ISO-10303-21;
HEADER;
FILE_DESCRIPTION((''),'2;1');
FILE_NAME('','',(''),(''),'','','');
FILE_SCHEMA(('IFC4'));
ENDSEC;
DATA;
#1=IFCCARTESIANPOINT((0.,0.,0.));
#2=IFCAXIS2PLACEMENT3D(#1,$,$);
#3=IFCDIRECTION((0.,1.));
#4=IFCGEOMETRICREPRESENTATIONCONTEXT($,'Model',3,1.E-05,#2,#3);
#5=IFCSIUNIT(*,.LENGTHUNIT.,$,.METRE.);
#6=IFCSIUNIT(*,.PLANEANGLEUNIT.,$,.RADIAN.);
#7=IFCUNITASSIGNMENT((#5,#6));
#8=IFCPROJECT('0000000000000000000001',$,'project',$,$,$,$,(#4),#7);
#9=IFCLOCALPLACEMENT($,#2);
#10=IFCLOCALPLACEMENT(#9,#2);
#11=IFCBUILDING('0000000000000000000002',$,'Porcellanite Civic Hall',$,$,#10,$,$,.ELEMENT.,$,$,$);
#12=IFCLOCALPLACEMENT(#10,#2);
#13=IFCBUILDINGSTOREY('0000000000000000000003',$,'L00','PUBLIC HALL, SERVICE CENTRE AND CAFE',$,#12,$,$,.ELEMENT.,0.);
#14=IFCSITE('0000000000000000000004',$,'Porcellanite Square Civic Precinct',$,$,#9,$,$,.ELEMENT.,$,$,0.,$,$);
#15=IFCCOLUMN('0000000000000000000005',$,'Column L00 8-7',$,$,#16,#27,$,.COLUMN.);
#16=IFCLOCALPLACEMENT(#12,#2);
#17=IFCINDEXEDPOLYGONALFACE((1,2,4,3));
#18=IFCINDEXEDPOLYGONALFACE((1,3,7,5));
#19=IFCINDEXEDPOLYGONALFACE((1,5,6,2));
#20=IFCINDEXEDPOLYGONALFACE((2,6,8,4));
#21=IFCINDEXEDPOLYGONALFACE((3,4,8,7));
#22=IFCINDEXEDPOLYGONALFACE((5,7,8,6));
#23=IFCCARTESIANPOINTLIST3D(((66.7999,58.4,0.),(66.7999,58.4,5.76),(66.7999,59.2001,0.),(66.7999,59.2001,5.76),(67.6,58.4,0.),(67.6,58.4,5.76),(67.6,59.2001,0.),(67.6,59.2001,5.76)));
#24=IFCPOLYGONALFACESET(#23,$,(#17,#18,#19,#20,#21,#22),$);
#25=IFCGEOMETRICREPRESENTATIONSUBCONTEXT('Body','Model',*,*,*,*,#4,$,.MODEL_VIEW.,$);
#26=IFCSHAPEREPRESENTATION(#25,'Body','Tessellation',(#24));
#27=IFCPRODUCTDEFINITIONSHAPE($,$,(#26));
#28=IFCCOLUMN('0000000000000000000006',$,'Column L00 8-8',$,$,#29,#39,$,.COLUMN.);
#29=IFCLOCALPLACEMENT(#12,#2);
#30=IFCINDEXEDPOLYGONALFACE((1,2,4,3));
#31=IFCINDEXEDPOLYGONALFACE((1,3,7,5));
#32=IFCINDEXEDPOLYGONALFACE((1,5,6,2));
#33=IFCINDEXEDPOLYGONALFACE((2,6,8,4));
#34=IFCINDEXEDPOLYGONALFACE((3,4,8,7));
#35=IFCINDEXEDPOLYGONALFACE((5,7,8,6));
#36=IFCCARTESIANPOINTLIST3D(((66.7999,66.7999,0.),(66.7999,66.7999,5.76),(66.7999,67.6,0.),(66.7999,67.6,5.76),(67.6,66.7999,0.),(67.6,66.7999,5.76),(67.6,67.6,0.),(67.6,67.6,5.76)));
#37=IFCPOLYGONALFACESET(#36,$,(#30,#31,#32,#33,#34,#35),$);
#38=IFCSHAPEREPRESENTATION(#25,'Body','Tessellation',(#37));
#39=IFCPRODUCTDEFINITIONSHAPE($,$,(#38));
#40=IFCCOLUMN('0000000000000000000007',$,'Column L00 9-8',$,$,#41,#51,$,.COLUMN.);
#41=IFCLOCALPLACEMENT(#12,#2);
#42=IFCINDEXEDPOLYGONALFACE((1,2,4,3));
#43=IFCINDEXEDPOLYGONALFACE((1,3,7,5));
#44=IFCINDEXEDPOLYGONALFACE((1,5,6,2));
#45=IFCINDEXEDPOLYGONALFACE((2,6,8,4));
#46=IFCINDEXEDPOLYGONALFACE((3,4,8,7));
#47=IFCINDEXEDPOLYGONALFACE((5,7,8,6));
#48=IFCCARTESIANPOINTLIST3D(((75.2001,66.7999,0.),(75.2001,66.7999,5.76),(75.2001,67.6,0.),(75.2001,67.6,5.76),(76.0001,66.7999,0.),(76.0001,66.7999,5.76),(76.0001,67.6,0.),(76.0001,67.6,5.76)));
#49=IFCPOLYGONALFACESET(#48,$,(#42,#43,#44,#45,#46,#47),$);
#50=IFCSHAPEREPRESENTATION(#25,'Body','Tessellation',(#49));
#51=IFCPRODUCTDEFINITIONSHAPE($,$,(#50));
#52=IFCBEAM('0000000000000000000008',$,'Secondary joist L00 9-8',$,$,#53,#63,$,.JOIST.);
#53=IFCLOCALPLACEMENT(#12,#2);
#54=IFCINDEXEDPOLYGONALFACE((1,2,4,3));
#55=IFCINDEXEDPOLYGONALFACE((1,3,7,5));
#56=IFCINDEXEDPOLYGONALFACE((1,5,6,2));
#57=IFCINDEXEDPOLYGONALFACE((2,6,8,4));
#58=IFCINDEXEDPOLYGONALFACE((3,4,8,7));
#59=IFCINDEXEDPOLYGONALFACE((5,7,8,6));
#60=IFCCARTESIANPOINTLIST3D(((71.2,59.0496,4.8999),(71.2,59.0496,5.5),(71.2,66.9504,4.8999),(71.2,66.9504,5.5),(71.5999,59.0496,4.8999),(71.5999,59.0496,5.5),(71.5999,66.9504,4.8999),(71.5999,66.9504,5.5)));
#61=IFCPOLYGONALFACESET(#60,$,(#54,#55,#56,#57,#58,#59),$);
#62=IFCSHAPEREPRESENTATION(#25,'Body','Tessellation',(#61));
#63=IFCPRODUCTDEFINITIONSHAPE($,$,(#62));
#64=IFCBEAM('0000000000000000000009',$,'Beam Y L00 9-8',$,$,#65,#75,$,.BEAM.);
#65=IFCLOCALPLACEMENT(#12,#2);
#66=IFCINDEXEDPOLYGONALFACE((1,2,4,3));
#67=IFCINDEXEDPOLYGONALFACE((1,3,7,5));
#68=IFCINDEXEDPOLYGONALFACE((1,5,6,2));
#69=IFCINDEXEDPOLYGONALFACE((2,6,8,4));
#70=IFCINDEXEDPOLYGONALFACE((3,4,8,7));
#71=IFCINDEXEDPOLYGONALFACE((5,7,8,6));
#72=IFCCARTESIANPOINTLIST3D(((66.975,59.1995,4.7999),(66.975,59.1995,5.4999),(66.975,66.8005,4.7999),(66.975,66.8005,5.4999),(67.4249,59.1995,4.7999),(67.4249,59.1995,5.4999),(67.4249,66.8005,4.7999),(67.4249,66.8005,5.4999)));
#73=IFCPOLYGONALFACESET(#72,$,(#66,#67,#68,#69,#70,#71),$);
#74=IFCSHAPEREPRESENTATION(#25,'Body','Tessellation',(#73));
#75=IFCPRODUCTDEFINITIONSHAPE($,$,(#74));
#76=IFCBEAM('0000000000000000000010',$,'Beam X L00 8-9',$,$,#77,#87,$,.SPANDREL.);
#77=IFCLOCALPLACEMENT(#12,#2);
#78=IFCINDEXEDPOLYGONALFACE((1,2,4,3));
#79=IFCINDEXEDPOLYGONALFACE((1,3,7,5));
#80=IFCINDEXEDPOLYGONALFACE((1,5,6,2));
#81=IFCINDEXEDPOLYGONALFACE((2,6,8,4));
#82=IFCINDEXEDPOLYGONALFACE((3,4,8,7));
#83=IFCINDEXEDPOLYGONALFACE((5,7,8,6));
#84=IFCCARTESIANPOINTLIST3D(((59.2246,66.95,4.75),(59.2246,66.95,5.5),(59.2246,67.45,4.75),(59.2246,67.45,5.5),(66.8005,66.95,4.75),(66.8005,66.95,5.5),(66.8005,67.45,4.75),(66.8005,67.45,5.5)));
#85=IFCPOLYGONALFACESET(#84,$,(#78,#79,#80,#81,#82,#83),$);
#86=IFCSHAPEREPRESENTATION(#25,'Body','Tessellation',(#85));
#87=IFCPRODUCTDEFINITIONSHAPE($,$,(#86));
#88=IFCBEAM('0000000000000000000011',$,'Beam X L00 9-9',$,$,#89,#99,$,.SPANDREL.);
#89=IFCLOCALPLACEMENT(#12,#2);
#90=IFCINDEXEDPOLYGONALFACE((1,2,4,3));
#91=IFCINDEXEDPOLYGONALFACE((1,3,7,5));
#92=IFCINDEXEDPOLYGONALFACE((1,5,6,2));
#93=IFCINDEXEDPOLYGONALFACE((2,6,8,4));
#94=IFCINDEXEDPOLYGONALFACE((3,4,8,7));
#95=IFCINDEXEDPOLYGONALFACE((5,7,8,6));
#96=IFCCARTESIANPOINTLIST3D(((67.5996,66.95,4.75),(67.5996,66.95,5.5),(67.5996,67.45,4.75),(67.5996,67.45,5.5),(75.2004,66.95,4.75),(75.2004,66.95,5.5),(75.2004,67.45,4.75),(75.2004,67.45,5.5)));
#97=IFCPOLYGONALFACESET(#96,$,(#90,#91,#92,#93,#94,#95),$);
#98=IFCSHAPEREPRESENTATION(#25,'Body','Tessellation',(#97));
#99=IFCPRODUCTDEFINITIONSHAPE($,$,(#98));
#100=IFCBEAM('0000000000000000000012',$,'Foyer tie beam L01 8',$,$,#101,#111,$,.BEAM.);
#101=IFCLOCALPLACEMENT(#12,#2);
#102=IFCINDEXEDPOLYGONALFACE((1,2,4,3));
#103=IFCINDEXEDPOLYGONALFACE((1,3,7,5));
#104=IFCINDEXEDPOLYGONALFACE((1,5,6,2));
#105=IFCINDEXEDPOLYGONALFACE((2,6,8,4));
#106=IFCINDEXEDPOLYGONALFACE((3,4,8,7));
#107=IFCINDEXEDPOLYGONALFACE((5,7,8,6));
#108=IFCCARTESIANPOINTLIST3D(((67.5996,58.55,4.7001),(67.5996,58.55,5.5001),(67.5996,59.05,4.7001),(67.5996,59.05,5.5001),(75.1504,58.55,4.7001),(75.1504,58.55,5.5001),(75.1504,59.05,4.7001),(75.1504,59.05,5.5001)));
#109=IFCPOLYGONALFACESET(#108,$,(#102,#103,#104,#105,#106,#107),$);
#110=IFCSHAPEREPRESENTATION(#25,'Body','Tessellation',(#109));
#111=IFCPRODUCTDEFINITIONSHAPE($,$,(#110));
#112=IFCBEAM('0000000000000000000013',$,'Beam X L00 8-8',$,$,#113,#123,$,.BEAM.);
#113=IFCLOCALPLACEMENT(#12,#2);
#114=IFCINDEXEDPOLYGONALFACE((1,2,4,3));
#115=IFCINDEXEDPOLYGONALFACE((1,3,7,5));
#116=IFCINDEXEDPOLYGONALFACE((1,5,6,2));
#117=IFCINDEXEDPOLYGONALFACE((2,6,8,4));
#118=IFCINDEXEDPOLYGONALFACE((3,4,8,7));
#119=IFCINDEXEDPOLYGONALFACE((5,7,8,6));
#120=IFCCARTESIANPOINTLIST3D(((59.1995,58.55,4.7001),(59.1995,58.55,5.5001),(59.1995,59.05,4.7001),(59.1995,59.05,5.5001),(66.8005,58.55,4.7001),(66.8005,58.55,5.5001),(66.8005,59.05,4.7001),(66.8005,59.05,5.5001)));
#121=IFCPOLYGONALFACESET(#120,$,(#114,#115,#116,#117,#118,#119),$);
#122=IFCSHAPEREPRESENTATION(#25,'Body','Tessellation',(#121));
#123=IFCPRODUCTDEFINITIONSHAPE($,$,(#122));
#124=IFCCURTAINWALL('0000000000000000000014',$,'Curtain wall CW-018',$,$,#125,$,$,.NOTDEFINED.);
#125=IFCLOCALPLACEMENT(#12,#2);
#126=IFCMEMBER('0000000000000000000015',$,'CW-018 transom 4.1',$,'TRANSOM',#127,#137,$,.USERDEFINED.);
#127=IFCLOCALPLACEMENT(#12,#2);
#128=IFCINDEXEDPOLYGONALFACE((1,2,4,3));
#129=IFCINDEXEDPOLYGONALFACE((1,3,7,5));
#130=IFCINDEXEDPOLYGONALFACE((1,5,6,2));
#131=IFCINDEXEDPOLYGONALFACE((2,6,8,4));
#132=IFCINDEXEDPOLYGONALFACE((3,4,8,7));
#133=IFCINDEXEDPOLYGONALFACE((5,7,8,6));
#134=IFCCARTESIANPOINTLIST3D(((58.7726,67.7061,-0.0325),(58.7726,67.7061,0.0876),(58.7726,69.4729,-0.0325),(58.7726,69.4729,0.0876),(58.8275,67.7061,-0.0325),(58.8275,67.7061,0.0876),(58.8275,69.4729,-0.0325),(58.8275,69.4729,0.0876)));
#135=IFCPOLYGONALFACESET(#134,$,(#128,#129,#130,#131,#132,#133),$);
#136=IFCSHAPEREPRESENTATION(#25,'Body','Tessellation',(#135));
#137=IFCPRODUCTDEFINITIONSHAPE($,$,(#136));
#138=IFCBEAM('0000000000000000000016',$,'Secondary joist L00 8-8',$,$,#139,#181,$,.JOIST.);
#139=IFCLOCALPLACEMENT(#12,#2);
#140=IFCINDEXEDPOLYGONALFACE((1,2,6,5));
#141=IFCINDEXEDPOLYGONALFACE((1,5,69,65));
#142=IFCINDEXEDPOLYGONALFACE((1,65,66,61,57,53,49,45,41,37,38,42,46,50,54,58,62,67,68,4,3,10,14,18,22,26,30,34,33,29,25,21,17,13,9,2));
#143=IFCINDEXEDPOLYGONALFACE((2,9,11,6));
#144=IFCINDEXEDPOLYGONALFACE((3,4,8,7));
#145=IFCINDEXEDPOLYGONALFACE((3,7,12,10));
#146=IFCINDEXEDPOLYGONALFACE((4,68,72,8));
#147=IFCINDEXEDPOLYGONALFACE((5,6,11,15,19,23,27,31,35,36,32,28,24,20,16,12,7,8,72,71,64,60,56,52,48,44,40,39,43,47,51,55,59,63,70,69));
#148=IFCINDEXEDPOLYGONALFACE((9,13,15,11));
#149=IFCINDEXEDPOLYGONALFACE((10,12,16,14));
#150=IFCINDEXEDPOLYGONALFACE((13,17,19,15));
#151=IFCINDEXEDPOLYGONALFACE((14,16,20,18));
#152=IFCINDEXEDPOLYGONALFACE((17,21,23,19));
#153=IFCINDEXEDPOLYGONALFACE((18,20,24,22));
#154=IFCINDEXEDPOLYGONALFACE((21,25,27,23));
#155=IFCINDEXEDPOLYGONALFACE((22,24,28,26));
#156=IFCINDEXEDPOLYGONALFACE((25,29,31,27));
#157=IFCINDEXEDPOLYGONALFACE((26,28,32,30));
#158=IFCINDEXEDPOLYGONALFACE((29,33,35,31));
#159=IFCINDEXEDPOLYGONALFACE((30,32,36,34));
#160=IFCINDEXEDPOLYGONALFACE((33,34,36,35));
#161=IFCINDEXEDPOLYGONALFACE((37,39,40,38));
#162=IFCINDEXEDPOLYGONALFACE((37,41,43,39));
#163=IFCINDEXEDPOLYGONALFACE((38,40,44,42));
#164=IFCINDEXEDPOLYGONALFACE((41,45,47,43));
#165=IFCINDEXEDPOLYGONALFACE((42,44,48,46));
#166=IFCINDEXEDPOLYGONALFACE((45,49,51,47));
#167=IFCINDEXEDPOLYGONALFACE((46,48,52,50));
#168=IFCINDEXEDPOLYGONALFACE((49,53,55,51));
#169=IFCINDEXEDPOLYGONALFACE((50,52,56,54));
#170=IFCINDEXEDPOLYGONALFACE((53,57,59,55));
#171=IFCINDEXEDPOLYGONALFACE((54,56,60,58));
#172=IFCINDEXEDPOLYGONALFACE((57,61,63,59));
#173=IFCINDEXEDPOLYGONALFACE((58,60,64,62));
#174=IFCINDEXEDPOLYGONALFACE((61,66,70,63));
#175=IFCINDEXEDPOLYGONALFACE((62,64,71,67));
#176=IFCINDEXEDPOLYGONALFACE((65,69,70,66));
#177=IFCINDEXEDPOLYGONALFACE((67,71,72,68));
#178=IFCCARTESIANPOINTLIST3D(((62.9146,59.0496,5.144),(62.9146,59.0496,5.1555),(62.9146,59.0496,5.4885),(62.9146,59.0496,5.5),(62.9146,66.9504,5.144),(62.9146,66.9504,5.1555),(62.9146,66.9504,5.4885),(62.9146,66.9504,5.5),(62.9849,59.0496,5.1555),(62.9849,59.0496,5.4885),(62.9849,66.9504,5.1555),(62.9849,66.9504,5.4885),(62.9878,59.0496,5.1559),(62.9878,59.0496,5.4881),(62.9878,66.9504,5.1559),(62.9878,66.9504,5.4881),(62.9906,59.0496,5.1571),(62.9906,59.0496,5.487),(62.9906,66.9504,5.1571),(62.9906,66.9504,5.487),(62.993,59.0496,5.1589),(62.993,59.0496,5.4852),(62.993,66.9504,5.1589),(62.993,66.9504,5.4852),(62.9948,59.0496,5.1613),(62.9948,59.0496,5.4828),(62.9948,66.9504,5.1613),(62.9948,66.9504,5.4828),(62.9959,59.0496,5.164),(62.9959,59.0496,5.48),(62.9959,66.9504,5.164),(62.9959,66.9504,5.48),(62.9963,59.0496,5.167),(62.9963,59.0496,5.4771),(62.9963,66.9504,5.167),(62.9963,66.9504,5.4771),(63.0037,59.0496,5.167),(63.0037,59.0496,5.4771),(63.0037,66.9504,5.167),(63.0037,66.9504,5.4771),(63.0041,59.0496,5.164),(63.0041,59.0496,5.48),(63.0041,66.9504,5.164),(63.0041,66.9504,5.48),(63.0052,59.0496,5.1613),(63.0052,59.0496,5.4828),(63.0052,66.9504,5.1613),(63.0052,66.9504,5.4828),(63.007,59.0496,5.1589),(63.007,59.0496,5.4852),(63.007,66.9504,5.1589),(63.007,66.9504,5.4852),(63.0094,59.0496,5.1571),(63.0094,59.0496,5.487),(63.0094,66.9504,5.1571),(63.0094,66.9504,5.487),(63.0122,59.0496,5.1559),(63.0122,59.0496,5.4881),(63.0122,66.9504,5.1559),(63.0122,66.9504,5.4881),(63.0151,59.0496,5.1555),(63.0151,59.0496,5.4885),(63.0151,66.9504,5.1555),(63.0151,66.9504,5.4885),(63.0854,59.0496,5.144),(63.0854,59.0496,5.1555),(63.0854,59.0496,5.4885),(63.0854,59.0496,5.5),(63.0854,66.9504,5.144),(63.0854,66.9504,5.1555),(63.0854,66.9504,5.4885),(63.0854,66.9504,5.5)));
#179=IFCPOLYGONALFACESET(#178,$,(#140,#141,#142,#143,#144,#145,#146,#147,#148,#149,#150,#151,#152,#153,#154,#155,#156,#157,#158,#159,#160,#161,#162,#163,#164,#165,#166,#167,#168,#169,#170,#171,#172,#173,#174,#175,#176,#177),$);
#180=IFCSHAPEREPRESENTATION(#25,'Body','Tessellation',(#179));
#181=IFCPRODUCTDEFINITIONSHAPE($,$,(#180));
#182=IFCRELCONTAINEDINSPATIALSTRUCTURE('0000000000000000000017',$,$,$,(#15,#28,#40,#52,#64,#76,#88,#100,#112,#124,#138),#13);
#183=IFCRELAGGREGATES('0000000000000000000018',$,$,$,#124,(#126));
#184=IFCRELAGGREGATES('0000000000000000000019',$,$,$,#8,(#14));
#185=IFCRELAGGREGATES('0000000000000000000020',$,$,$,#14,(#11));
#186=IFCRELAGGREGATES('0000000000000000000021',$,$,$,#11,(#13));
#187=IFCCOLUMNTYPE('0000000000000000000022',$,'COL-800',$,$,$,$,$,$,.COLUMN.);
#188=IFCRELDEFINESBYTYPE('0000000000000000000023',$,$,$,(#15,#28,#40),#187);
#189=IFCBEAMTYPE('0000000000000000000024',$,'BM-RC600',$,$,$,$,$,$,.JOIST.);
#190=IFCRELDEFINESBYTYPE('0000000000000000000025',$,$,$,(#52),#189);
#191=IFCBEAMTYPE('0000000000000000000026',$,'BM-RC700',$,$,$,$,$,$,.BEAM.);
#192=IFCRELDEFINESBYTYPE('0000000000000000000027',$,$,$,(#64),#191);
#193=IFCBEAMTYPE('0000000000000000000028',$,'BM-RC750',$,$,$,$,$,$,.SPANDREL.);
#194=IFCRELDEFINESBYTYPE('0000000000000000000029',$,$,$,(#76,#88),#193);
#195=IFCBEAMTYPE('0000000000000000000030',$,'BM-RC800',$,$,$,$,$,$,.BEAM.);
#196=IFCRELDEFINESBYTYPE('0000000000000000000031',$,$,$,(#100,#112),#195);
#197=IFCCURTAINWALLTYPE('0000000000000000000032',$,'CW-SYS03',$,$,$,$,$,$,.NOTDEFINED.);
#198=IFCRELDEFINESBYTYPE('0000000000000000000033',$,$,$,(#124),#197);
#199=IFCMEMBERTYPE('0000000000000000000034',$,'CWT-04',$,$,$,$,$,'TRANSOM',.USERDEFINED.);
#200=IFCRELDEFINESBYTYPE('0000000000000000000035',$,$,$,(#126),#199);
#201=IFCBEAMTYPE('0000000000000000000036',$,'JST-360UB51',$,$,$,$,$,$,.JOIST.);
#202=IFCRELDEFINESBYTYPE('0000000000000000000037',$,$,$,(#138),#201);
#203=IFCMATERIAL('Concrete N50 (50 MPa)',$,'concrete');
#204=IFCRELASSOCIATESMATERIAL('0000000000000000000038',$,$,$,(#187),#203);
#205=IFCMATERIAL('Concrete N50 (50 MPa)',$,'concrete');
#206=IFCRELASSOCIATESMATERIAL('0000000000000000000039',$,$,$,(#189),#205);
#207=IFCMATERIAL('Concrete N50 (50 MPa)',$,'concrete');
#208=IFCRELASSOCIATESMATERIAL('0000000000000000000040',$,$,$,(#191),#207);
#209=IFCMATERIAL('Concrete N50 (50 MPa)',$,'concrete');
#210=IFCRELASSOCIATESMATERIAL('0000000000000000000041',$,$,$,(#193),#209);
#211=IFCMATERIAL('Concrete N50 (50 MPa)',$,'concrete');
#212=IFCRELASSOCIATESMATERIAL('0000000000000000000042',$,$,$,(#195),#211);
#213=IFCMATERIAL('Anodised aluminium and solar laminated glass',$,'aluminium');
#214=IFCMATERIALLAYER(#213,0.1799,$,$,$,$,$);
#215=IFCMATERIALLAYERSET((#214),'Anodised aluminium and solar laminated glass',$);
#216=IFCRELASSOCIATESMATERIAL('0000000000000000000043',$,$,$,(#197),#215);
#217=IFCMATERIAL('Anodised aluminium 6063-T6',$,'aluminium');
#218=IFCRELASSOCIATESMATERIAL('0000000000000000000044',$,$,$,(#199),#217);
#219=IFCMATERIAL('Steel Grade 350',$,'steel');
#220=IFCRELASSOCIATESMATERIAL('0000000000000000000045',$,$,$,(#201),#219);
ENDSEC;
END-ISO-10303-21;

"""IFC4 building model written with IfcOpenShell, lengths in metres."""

from ifc_helpers import new_model, si_unit, direction, frame, origin, origin_2d, place, context, subcontext, project, spatial, rectangle, i_section, extrude, material, layer, layer_set, material_profile, profile_set, type_object, element, aggregate, save


model = new_model("IFC4")

# Units and contexts
model_context = context("Model", 3, precision=1e-05, world=origin(), true_north=direction((0.0, 1.0)))
body_context = subcontext(model_context, "Body", "Model", "MODEL_VIEW")
ifc_project = project(units=[si_unit("LENGTHUNIT", "METRE"), si_unit("PLANEANGLEUNIT", "RADIAN")], contexts=[model_context])

# Site, building, storey
site_placement = place(None, origin())
site = spatial("IfcSite", under=ifc_project, at=site_placement, Name="Porcellanite Square Civic Precinct", CompositionType="ELEMENT", RefElevation=0.0)
building_placement = place(site_placement, origin())
building = spatial("IfcBuilding", under=site, at=building_placement, Name="Porcellanite Civic Hall", CompositionType="ELEMENT")
storey_placement = place(building_placement, origin())
storey = spatial("IfcBuildingStorey", under=building, at=storey_placement, Name="L00", Description="PUBLIC HALL, SERVICE CENTRE AND CAFE", CompositionType="ELEMENT", Elevation=0.0)

# Columns
ifc_material_1 = material(Name="Concrete N50 (50 MPa)", Category="concrete")
ifc_material_profile_1 = material_profile(ifc_material_1, rectangle(XDim=0.8, YDim=0.8, at=origin_2d()), Name="RC-800x800")
ifc_profile_set_1 = profile_set([ifc_material_profile_1], Name="Concrete N50 (50 MPa)")
column_type = type_object("IfcColumnType", Name="COL-800", PredefinedType="COLUMN", material=ifc_profile_set_1)
for number, where, z_axis, x_axis, name in (
    (1, (67.2, 58.8, 0.0), (0.0, 0.0, 1.0), (1.0, 0.0, 0.0), "Column L00 8-7"),
    (2, (67.2, 67.2, 0.0), (0.0, 0.0, 1.0), (1.0, 0.0, 0.0), "Column L00 8-8"),
    (3, (75.6001, 67.2, 0.0), (0.0, 0.0, 1.0), (1.0, 0.0, 0.0), "Column L00 9-8"),
):
    element("IfcColumn", number, at=place(storey_placement, frame(where, z_axis=z_axis, x_axis=x_axis)), inside=storey, type_object=column_type, Name=name, PredefinedType="COLUMN", context=body_context, shape_type="SweptSolid", body=[
        extrude(rectangle(XDim=0.8, YDim=0.8, at=origin_2d()), origin(), (0.0, 0.0, 1.0), 5.76),
    ])

# Beams
ifc_material_2 = material(Name="Concrete N50 (50 MPa)", Category="concrete")
ifc_material_profile_2 = material_profile(ifc_material_2, rectangle(XDim=0.3999, YDim=0.6001, at=origin_2d()), Name="RC-400x600")
ifc_profile_set_2 = profile_set([ifc_material_profile_2], Name="Concrete N50 (50 MPa)")
beam_type_1 = type_object("IfcBeamType", Name="BM-RC600", PredefinedType="JOIST", material=ifc_profile_set_2)
beam_1_placement = place(storey_placement, frame((71.3999, 59.0496, 5.2), z_axis=(0.0, 1.0, 0.0), x_axis=(-1.0, 0.0, 0.0)))
element("IfcBeam", 4, at=beam_1_placement, inside=storey, type_object=beam_type_1, Name="Secondary joist L00 9-8", PredefinedType="JOIST", context=body_context, shape_type="SweptSolid", body=[
    extrude(rectangle(XDim=0.3999, YDim=0.6001, at=origin_2d()), origin(), (0.0, 0.0, 1.0), 7.9009),
])
ifc_material_3 = material(Name="Concrete N50 (50 MPa)", Category="concrete")
ifc_material_profile_3 = material_profile(ifc_material_3, rectangle(XDim=0.45, YDim=0.7, at=origin_2d()), Name="RC-450x700")
ifc_profile_set_3 = profile_set([ifc_material_profile_3], Name="Concrete N50 (50 MPa)")
beam_type_2 = type_object("IfcBeamType", Name="BM-RC700", PredefinedType="BEAM", material=ifc_profile_set_3)
beam_2_placement = place(storey_placement, frame((67.2, 59.1995, 5.1499), z_axis=(0.0, 1.0, 0.0), x_axis=(-1.0, 0.0, 0.0)))
element("IfcBeam", 5, at=beam_2_placement, inside=storey, type_object=beam_type_2, Name="Beam Y L00 9-8", PredefinedType="BEAM", context=body_context, shape_type="SweptSolid", body=[
    extrude(rectangle(XDim=0.45, YDim=0.7, at=origin_2d()), origin(), (0.0, 0.0, 1.0), 7.6011),
])
ifc_material_4 = material(Name="Concrete N50 (50 MPa)", Category="concrete")
ifc_material_profile_4 = material_profile(ifc_material_4, rectangle(XDim=0.5, YDim=0.75, at=origin_2d()), Name="RC-500x750")
ifc_profile_set_4 = profile_set([ifc_material_profile_4], Name="Concrete N50 (50 MPa)")
beam_type_3 = type_object("IfcBeamType", Name="BM-RC750", PredefinedType="SPANDREL", material=ifc_profile_set_4)
beam_3_placement = place(storey_placement, frame((59.2246, 67.2, 5.125), z_axis=(1.0, 0.0, 0.0), x_axis=(0.0, 1.0, 0.0)))
element("IfcBeam", 6, at=beam_3_placement, inside=storey, type_object=beam_type_3, Name="Beam X L00 8-9", PredefinedType="SPANDREL", context=body_context, shape_type="SweptSolid", body=[
    extrude(rectangle(XDim=0.5, YDim=0.75, at=origin_2d()), origin(), (0.0, 0.0, 1.0), 7.5759),
])
beam_4_placement = place(storey_placement, frame((67.5996, 67.2, 5.125), z_axis=(1.0, 0.0, 0.0), x_axis=(0.0, 1.0, 0.0)))
element("IfcBeam", 7, at=beam_4_placement, inside=storey, type_object=beam_type_3, Name="Beam X L00 9-9", PredefinedType="SPANDREL", context=body_context, shape_type="SweptSolid", body=[
    extrude(rectangle(XDim=0.5, YDim=0.75, at=origin_2d()), origin(), (0.0, 0.0, 1.0), 7.6008),
])
ifc_material_5 = material(Name="Concrete N50 (50 MPa)", Category="concrete")
ifc_material_profile_5 = material_profile(ifc_material_5, rectangle(XDim=0.5, YDim=0.8, at=origin_2d()), Name="RC-500x800")
ifc_profile_set_5 = profile_set([ifc_material_profile_5], Name="Concrete N50 (50 MPa)")
beam_type_4 = type_object("IfcBeamType", Name="BM-RC800", PredefinedType="BEAM", material=ifc_profile_set_5)
beam_5_placement = place(storey_placement, frame((67.5996, 58.8, 5.1001), z_axis=(1.0, 0.0, 0.0), x_axis=(0.0, 1.0, 0.0)))
element("IfcBeam", 8, at=beam_5_placement, inside=storey, type_object=beam_type_4, Name="Foyer tie beam L01 8", PredefinedType="BEAM", context=body_context, shape_type="SweptSolid", body=[
    extrude(rectangle(XDim=0.5, YDim=0.8, at=origin_2d()), origin(), (0.0, 0.0, 1.0), 7.5508),
])
beam_6_placement = place(storey_placement, frame((59.1995, 58.8, 5.1001), z_axis=(1.0, 0.0, 0.0), x_axis=(0.0, 1.0, 0.0)))
element("IfcBeam", 9, at=beam_6_placement, inside=storey, type_object=beam_type_4, Name="Beam X L00 8-8", PredefinedType="BEAM", context=body_context, shape_type="SweptSolid", body=[
    extrude(rectangle(XDim=0.5, YDim=0.8, at=origin_2d()), origin(), (0.0, 0.0, 1.0), 7.6011),
])

# Curtain wall, member
ifc_material_6 = material(Name="Anodised aluminium and solar laminated glass", Category="aluminium")
ifc_layer_1 = layer(ifc_material_6, 0.1799)
ifc_layer_set_1 = layer_set([ifc_layer_1], Name="Anodised aluminium and solar laminated glass")
curtain_wall_type = type_object("IfcCurtainWallType", Name="CW-SYS03", PredefinedType="NOTDEFINED", material=ifc_layer_set_1)
curtain_wall_placement = place(storey_placement, origin())
curtain_wall = element("IfcCurtainWall", 10, at=curtain_wall_placement, inside=storey, type_object=curtain_wall_type, Name="Curtain wall CW-018", PredefinedType="NOTDEFINED")
ifc_material_7 = material(Name="Anodised aluminium 6063-T6", Category="aluminium")
ifc_material_profile_6 = material_profile(ifc_material_7, rectangle(XDim=0.0549, YDim=0.1201, at=origin_2d()), Name="AL-55x120")
ifc_profile_set_6 = profile_set([ifc_material_profile_6], Name="Anodised aluminium 6063-T6")
member_type = type_object("IfcMemberType", Name="CWT-04", ElementType="TRANSOM", PredefinedType="USERDEFINED", material=ifc_profile_set_6)
member_placement = place(storey_placement, frame((58.8, 69.4729, 0.0276), z_axis=(0.0, -1.0, 0.0), x_axis=(1.0, 0.0, 0.0)))
member = element("IfcMember", 11, at=member_placement, type_object=member_type, Name="CW-018 transom 4.1", ObjectType="TRANSOM", PredefinedType="USERDEFINED", context=body_context, shape_type="SweptSolid", body=[
    extrude(rectangle(XDim=0.0549, YDim=0.1201, at=origin_2d()), origin(), (0.0, 0.0, 1.0), 1.7668),
])

# Beam
ifc_material_8 = material(Name="Steel Grade 350", Category="steel")
ifc_material_profile_7 = material_profile(ifc_material_8, i_section(OverallWidth=0.1709, OverallDepth=0.356, WebThickness=0.0073, FlangeThickness=0.0115, FilletRadius=0.0115, at=origin_2d()), Name="360UB50.7")
ifc_profile_set_7 = profile_set([ifc_material_profile_7], Name="Steel Grade 350")
beam_type_5 = type_object("IfcBeamType", Name="JST-360UB51", PredefinedType="JOIST", material=ifc_profile_set_7)
beam_7_placement = place(storey_placement, frame((63.0, 59.0496, 5.322), z_axis=(0.0, 1.0, 0.0), x_axis=(-1.0, 0.0, 0.0)))
element("IfcBeam", 12, at=beam_7_placement, inside=storey, type_object=beam_type_5, Name="Secondary joist L00 8-8", PredefinedType="JOIST", context=body_context, shape_type="SweptSolid", body=[
    extrude(i_section(OverallWidth=0.1709, OverallDepth=0.356, WebThickness=0.0073, FlangeThickness=0.0115, FilletRadius=0.0115, at=origin_2d()), origin(), (0.0, 0.0, 1.0), 7.9009),
])

aggregate(curtain_wall, [member])

save(model, "model.ifc")
